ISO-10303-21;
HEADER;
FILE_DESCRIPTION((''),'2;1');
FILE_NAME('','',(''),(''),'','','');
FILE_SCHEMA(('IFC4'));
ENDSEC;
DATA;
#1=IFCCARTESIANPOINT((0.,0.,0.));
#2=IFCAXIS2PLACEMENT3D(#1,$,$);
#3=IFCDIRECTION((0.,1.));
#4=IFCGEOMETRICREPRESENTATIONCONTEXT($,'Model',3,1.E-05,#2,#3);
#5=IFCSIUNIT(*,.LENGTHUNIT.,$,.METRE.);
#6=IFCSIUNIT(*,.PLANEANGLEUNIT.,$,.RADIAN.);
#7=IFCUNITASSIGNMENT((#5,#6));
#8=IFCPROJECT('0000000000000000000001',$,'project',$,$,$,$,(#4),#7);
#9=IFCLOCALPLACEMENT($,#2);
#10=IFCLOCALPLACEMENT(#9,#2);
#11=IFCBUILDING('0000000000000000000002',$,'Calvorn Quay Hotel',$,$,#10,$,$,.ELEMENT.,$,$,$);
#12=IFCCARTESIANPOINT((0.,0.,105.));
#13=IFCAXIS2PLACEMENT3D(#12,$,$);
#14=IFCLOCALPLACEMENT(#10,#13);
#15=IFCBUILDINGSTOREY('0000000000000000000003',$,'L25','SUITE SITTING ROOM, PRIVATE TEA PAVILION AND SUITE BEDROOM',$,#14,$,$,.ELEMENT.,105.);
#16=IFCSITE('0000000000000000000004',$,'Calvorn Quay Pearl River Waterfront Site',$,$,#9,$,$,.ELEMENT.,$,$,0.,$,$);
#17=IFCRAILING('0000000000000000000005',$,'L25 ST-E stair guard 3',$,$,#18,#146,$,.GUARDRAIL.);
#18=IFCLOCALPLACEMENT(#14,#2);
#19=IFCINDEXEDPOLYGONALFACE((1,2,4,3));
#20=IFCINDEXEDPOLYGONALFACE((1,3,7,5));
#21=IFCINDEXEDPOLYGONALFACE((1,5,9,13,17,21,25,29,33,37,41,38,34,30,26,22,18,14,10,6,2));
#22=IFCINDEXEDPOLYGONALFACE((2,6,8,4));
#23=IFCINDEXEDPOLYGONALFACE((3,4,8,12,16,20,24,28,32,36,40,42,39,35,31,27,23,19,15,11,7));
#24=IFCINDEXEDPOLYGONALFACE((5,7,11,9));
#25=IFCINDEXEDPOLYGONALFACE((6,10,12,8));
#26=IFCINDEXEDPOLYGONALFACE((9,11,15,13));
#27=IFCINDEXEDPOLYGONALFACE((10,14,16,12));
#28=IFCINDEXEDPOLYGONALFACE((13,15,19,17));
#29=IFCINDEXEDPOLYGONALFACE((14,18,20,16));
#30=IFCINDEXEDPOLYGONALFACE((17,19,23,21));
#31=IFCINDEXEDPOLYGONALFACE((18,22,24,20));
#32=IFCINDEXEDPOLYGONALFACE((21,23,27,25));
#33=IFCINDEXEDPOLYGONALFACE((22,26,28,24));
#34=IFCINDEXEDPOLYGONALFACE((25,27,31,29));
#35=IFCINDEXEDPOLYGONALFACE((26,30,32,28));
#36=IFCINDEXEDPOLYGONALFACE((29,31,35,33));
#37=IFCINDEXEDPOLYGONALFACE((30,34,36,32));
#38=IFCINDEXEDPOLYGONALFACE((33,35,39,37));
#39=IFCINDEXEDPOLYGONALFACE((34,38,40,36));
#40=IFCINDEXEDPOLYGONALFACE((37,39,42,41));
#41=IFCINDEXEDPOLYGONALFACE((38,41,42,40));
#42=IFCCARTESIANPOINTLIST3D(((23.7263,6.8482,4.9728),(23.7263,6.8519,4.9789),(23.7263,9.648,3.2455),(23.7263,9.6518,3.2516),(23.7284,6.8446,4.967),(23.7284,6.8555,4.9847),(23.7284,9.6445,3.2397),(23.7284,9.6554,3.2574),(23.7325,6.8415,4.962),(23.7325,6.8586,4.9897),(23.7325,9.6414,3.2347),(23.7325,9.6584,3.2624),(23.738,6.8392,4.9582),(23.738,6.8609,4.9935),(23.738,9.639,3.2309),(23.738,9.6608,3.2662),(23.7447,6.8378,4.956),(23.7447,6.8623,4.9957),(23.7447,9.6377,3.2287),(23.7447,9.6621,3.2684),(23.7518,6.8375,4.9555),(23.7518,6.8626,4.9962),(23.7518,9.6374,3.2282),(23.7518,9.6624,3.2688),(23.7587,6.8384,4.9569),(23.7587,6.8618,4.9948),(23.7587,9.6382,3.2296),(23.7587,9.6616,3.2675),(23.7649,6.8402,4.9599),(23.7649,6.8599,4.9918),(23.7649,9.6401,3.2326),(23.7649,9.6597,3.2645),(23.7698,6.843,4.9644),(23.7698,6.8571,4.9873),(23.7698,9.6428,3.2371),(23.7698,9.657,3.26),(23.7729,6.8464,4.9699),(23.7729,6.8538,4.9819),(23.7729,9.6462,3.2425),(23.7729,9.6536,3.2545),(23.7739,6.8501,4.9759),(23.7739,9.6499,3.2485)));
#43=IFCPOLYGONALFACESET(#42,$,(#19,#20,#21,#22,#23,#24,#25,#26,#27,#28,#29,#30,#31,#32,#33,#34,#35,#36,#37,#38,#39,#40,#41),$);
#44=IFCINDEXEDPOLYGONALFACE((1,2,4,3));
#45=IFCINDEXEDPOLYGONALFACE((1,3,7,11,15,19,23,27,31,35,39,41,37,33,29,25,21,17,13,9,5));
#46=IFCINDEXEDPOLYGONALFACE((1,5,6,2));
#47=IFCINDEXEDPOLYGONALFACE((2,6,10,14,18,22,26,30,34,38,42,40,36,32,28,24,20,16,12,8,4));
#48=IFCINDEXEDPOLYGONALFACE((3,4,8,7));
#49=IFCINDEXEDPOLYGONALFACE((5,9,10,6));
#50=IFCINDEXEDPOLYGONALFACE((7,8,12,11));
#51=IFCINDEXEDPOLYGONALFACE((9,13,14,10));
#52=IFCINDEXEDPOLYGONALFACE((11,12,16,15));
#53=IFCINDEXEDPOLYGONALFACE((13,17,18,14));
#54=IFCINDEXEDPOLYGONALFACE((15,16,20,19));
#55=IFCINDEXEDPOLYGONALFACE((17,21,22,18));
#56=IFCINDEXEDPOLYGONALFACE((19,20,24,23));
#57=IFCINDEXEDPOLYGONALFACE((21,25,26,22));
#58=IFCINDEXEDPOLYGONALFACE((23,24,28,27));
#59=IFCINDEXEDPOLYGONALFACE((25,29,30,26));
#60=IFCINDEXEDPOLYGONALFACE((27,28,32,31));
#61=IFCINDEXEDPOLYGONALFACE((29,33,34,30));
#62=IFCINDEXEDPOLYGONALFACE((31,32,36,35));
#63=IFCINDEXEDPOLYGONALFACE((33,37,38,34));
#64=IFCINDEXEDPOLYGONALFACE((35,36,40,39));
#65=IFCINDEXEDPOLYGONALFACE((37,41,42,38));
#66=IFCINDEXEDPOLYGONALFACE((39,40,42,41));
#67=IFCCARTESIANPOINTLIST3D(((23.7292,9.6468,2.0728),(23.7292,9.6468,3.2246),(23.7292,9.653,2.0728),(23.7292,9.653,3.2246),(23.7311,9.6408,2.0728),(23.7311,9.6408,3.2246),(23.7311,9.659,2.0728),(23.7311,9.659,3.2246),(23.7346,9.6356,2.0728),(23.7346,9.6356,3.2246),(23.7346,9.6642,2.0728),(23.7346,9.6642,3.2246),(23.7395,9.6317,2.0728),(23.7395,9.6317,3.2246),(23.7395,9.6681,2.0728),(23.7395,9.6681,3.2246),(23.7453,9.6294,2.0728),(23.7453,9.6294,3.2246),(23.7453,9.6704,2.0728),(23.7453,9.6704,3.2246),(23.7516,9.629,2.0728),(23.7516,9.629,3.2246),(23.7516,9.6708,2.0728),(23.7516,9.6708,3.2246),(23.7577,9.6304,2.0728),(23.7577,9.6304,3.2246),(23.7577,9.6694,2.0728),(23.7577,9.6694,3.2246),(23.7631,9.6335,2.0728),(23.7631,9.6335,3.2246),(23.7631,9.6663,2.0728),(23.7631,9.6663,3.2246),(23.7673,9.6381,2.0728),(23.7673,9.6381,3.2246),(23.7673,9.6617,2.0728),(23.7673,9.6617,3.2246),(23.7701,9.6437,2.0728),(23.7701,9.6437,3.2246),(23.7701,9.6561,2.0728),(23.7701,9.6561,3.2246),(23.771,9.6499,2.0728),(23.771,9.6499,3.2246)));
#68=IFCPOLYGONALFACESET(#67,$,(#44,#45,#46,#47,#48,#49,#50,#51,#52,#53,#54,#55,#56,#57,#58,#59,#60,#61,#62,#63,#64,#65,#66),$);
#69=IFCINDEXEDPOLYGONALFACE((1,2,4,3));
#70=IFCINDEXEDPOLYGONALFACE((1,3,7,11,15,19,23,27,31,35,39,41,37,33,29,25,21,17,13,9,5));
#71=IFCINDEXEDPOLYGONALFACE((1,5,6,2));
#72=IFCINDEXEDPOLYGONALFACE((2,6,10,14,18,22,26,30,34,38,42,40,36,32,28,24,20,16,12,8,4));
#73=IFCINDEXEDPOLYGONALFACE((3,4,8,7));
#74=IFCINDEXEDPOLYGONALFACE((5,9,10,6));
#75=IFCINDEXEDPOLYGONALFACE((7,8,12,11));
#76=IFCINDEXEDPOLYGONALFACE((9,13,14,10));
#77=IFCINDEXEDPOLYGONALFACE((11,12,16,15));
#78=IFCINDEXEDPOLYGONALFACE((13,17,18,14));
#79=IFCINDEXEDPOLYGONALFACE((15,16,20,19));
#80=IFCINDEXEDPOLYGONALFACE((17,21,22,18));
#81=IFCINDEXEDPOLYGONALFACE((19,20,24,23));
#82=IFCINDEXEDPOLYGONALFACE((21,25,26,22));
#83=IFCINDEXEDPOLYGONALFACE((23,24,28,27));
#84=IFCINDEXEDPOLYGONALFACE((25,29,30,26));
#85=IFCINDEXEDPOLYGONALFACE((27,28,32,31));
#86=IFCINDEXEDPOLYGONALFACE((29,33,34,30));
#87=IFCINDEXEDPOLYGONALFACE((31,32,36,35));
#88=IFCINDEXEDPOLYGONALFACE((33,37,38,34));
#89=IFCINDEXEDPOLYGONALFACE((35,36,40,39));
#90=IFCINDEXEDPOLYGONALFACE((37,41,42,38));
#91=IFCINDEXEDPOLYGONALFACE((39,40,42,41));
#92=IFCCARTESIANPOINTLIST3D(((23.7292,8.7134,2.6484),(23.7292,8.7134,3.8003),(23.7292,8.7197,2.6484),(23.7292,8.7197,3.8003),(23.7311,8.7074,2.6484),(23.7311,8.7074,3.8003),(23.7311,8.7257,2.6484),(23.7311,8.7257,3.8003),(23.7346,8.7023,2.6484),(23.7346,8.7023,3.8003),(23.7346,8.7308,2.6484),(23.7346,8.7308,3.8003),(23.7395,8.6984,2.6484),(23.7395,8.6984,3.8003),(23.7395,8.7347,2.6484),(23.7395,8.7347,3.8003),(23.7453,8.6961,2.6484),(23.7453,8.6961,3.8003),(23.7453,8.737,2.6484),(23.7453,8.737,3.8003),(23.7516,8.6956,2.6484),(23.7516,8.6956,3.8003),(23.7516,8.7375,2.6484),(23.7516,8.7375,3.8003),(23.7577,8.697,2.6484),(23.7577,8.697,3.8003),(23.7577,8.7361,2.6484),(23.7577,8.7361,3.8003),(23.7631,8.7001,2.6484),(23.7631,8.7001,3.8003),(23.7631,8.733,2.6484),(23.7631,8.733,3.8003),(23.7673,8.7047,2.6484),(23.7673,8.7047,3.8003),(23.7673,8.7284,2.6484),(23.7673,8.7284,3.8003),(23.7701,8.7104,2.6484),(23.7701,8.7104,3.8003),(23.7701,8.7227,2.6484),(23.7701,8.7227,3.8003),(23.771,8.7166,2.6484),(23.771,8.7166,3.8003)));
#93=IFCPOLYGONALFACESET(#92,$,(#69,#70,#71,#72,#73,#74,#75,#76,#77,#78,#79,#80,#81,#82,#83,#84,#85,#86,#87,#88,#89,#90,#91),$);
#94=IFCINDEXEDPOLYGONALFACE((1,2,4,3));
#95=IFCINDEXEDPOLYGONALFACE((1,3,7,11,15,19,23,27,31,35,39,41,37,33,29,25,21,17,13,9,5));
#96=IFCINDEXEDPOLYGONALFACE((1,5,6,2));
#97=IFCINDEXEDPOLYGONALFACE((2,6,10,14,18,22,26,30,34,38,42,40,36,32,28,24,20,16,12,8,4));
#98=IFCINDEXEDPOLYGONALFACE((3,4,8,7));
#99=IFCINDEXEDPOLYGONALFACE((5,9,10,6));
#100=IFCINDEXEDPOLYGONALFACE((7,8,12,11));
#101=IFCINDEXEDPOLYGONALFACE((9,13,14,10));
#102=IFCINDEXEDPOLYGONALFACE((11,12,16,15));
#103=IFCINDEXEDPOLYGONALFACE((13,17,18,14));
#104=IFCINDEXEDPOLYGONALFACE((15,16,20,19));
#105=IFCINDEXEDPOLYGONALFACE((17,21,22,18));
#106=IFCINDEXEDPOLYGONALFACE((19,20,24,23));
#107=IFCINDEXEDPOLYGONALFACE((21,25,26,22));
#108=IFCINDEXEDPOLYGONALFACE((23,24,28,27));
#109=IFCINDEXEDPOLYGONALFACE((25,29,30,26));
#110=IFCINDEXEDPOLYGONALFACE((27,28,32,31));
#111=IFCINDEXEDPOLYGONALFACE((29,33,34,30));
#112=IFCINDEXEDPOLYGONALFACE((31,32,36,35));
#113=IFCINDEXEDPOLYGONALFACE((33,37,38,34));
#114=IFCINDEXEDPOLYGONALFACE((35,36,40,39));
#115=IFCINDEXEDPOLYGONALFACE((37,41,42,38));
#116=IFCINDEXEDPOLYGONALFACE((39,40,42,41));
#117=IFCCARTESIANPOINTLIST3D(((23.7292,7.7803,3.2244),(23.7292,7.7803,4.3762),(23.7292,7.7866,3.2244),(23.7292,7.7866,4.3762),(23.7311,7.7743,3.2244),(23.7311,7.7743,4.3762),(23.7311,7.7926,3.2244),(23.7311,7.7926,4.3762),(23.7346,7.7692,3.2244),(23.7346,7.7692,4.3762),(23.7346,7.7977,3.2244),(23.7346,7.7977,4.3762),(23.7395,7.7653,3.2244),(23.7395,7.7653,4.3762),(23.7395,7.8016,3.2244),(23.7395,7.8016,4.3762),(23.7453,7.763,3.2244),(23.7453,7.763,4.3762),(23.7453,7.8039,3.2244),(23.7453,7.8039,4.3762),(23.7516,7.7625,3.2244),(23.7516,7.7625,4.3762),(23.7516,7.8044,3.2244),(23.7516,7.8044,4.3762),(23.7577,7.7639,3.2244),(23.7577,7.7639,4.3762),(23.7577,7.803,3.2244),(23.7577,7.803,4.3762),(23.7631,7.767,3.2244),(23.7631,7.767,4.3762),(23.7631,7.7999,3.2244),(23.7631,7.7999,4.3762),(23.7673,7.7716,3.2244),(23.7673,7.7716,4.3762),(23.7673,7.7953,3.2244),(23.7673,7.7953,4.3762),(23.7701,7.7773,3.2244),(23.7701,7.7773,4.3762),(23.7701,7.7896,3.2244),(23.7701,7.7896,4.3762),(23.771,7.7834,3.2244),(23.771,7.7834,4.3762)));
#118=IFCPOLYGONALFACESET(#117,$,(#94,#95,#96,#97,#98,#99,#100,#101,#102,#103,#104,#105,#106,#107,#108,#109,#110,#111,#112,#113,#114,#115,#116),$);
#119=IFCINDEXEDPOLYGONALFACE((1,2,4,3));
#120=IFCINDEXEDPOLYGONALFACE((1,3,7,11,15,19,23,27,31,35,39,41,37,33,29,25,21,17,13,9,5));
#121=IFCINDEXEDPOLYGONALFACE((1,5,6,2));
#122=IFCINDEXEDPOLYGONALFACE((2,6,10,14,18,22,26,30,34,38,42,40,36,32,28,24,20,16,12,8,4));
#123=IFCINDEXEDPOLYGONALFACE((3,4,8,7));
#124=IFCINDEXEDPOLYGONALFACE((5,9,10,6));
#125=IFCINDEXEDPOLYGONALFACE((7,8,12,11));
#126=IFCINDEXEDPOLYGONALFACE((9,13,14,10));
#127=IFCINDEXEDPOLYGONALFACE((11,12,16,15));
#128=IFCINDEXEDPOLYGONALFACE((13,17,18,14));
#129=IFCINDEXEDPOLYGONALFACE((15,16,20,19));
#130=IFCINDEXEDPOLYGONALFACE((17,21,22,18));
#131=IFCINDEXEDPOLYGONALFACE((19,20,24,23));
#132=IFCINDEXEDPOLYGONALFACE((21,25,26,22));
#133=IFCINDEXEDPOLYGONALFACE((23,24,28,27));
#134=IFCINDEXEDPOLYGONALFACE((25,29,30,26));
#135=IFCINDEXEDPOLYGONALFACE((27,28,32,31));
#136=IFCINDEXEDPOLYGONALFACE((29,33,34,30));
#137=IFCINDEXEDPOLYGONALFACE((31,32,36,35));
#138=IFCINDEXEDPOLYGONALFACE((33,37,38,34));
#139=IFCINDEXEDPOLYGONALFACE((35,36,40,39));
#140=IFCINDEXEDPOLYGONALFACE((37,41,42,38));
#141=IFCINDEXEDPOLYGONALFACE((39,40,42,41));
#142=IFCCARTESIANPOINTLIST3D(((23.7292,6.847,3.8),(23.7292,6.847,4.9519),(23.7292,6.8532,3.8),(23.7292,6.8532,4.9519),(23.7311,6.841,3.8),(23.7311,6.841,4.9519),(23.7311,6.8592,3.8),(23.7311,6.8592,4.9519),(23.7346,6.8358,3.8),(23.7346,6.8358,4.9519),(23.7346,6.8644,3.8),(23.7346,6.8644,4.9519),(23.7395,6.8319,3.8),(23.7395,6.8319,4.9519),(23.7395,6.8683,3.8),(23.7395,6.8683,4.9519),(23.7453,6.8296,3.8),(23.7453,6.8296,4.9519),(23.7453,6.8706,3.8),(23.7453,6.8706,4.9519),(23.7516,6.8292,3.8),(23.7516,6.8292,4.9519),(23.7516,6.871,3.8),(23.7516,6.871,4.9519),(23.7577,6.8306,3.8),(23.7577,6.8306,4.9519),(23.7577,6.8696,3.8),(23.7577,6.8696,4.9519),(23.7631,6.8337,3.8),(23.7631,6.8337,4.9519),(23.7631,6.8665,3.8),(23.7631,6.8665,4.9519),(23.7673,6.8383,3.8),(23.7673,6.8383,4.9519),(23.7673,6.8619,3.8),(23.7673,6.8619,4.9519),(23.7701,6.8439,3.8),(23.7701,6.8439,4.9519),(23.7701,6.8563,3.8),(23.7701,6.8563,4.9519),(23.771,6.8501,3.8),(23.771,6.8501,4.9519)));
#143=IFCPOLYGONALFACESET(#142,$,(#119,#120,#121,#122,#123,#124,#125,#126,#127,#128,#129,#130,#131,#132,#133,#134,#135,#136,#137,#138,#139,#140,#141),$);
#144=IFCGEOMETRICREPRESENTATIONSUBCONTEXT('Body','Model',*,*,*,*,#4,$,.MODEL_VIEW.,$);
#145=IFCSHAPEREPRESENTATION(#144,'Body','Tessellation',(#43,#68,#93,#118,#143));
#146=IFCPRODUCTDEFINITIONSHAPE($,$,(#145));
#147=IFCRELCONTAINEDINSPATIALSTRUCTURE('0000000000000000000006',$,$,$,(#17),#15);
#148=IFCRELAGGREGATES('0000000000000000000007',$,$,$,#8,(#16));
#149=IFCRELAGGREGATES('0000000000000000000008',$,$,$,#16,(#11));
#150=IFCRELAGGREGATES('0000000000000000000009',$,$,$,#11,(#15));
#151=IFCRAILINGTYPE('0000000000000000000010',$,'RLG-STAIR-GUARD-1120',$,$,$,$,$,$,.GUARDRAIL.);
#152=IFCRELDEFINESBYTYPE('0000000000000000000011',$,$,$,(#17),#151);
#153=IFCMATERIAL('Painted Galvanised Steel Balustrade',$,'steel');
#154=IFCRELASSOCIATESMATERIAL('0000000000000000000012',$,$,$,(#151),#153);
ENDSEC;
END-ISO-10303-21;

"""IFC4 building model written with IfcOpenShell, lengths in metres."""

from ifc_helpers import new_model, si_unit, direction, frame, origin, origin_2d, place, context, subcontext, project, spatial, circle, extrude, material, type_object, element, save


model = new_model("IFC4")

# Units and contexts
model_context = context("Model", 3, precision=1e-05, world=origin(), true_north=direction((0.0, 1.0)))
body_context = subcontext(model_context, "Body", "Model", "MODEL_VIEW")
ifc_project = project(units=[si_unit("LENGTHUNIT", "METRE"), si_unit("PLANEANGLEUNIT", "RADIAN")], contexts=[model_context])

# Site, building, storey
site_placement = place(None, origin())
site = spatial("IfcSite", under=ifc_project, at=site_placement, Name="Calvorn Quay Pearl River Waterfront Site", CompositionType="ELEMENT", RefElevation=0.0)
building_placement = place(site_placement, origin())
building = spatial("IfcBuilding", under=site, at=building_placement, Name="Calvorn Quay Hotel", CompositionType="ELEMENT")
storey_placement = place(building_placement, frame((0.0, 0.0, 105.0)))
storey = spatial("IfcBuildingStorey", under=building, at=storey_placement, Name="L25", Description="SUITE SITTING ROOM, PRIVATE TEA PAVILION AND SUITE BEDROOM", CompositionType="ELEMENT", Elevation=105.0)

# Railing
ifc_material_1 = material(Name="Painted Galvanised Steel Balustrade", Category="steel")
railing_type_1 = type_object("IfcRailingType", Name="RLG-STAIR-GUARD-1120", PredefinedType="GUARDRAIL", material=ifc_material_1)
railing_1_placement = place(storey_placement, frame((23.75, 9.6499, 2.0728)))
element("IfcRailing", 1, at=railing_1_placement, inside=storey, type_object=railing_type_1, Name="L25 ST-E stair guard 3", PredefinedType="GUARDRAIL", context=body_context, shape_type="SweptSolid", body=[
    extrude(circle(Radius=0.0239, at=origin_2d()), frame((0.0, 0.0, 1.1758), z_axis=(0.0, -0.851069, 0.525054), x_axis=(1.0, 0.0, 0.0)), (0.0, 0.0, 1.0), 3.2898),
    extrude(circle(Radius=0.021, at=origin_2d()), origin(), (0.0, 0.0, 1.0), 1.1519),
    extrude(circle(Radius=0.021, at=origin_2d()), frame((0.0, -0.9333, 0.5757)), (0.0, 0.0, 1.0), 1.1519),
    extrude(circle(Radius=0.021, at=origin_2d()), frame((0.0, -1.8665, 1.1516)), (0.0, 0.0, 1.0), 1.1519),
    extrude(circle(Radius=0.021, at=origin_2d()), frame((0.0, -2.7998, 1.7273)), (0.0, 0.0, 1.0), 1.1519),
])

save(model, "model.ifc")
